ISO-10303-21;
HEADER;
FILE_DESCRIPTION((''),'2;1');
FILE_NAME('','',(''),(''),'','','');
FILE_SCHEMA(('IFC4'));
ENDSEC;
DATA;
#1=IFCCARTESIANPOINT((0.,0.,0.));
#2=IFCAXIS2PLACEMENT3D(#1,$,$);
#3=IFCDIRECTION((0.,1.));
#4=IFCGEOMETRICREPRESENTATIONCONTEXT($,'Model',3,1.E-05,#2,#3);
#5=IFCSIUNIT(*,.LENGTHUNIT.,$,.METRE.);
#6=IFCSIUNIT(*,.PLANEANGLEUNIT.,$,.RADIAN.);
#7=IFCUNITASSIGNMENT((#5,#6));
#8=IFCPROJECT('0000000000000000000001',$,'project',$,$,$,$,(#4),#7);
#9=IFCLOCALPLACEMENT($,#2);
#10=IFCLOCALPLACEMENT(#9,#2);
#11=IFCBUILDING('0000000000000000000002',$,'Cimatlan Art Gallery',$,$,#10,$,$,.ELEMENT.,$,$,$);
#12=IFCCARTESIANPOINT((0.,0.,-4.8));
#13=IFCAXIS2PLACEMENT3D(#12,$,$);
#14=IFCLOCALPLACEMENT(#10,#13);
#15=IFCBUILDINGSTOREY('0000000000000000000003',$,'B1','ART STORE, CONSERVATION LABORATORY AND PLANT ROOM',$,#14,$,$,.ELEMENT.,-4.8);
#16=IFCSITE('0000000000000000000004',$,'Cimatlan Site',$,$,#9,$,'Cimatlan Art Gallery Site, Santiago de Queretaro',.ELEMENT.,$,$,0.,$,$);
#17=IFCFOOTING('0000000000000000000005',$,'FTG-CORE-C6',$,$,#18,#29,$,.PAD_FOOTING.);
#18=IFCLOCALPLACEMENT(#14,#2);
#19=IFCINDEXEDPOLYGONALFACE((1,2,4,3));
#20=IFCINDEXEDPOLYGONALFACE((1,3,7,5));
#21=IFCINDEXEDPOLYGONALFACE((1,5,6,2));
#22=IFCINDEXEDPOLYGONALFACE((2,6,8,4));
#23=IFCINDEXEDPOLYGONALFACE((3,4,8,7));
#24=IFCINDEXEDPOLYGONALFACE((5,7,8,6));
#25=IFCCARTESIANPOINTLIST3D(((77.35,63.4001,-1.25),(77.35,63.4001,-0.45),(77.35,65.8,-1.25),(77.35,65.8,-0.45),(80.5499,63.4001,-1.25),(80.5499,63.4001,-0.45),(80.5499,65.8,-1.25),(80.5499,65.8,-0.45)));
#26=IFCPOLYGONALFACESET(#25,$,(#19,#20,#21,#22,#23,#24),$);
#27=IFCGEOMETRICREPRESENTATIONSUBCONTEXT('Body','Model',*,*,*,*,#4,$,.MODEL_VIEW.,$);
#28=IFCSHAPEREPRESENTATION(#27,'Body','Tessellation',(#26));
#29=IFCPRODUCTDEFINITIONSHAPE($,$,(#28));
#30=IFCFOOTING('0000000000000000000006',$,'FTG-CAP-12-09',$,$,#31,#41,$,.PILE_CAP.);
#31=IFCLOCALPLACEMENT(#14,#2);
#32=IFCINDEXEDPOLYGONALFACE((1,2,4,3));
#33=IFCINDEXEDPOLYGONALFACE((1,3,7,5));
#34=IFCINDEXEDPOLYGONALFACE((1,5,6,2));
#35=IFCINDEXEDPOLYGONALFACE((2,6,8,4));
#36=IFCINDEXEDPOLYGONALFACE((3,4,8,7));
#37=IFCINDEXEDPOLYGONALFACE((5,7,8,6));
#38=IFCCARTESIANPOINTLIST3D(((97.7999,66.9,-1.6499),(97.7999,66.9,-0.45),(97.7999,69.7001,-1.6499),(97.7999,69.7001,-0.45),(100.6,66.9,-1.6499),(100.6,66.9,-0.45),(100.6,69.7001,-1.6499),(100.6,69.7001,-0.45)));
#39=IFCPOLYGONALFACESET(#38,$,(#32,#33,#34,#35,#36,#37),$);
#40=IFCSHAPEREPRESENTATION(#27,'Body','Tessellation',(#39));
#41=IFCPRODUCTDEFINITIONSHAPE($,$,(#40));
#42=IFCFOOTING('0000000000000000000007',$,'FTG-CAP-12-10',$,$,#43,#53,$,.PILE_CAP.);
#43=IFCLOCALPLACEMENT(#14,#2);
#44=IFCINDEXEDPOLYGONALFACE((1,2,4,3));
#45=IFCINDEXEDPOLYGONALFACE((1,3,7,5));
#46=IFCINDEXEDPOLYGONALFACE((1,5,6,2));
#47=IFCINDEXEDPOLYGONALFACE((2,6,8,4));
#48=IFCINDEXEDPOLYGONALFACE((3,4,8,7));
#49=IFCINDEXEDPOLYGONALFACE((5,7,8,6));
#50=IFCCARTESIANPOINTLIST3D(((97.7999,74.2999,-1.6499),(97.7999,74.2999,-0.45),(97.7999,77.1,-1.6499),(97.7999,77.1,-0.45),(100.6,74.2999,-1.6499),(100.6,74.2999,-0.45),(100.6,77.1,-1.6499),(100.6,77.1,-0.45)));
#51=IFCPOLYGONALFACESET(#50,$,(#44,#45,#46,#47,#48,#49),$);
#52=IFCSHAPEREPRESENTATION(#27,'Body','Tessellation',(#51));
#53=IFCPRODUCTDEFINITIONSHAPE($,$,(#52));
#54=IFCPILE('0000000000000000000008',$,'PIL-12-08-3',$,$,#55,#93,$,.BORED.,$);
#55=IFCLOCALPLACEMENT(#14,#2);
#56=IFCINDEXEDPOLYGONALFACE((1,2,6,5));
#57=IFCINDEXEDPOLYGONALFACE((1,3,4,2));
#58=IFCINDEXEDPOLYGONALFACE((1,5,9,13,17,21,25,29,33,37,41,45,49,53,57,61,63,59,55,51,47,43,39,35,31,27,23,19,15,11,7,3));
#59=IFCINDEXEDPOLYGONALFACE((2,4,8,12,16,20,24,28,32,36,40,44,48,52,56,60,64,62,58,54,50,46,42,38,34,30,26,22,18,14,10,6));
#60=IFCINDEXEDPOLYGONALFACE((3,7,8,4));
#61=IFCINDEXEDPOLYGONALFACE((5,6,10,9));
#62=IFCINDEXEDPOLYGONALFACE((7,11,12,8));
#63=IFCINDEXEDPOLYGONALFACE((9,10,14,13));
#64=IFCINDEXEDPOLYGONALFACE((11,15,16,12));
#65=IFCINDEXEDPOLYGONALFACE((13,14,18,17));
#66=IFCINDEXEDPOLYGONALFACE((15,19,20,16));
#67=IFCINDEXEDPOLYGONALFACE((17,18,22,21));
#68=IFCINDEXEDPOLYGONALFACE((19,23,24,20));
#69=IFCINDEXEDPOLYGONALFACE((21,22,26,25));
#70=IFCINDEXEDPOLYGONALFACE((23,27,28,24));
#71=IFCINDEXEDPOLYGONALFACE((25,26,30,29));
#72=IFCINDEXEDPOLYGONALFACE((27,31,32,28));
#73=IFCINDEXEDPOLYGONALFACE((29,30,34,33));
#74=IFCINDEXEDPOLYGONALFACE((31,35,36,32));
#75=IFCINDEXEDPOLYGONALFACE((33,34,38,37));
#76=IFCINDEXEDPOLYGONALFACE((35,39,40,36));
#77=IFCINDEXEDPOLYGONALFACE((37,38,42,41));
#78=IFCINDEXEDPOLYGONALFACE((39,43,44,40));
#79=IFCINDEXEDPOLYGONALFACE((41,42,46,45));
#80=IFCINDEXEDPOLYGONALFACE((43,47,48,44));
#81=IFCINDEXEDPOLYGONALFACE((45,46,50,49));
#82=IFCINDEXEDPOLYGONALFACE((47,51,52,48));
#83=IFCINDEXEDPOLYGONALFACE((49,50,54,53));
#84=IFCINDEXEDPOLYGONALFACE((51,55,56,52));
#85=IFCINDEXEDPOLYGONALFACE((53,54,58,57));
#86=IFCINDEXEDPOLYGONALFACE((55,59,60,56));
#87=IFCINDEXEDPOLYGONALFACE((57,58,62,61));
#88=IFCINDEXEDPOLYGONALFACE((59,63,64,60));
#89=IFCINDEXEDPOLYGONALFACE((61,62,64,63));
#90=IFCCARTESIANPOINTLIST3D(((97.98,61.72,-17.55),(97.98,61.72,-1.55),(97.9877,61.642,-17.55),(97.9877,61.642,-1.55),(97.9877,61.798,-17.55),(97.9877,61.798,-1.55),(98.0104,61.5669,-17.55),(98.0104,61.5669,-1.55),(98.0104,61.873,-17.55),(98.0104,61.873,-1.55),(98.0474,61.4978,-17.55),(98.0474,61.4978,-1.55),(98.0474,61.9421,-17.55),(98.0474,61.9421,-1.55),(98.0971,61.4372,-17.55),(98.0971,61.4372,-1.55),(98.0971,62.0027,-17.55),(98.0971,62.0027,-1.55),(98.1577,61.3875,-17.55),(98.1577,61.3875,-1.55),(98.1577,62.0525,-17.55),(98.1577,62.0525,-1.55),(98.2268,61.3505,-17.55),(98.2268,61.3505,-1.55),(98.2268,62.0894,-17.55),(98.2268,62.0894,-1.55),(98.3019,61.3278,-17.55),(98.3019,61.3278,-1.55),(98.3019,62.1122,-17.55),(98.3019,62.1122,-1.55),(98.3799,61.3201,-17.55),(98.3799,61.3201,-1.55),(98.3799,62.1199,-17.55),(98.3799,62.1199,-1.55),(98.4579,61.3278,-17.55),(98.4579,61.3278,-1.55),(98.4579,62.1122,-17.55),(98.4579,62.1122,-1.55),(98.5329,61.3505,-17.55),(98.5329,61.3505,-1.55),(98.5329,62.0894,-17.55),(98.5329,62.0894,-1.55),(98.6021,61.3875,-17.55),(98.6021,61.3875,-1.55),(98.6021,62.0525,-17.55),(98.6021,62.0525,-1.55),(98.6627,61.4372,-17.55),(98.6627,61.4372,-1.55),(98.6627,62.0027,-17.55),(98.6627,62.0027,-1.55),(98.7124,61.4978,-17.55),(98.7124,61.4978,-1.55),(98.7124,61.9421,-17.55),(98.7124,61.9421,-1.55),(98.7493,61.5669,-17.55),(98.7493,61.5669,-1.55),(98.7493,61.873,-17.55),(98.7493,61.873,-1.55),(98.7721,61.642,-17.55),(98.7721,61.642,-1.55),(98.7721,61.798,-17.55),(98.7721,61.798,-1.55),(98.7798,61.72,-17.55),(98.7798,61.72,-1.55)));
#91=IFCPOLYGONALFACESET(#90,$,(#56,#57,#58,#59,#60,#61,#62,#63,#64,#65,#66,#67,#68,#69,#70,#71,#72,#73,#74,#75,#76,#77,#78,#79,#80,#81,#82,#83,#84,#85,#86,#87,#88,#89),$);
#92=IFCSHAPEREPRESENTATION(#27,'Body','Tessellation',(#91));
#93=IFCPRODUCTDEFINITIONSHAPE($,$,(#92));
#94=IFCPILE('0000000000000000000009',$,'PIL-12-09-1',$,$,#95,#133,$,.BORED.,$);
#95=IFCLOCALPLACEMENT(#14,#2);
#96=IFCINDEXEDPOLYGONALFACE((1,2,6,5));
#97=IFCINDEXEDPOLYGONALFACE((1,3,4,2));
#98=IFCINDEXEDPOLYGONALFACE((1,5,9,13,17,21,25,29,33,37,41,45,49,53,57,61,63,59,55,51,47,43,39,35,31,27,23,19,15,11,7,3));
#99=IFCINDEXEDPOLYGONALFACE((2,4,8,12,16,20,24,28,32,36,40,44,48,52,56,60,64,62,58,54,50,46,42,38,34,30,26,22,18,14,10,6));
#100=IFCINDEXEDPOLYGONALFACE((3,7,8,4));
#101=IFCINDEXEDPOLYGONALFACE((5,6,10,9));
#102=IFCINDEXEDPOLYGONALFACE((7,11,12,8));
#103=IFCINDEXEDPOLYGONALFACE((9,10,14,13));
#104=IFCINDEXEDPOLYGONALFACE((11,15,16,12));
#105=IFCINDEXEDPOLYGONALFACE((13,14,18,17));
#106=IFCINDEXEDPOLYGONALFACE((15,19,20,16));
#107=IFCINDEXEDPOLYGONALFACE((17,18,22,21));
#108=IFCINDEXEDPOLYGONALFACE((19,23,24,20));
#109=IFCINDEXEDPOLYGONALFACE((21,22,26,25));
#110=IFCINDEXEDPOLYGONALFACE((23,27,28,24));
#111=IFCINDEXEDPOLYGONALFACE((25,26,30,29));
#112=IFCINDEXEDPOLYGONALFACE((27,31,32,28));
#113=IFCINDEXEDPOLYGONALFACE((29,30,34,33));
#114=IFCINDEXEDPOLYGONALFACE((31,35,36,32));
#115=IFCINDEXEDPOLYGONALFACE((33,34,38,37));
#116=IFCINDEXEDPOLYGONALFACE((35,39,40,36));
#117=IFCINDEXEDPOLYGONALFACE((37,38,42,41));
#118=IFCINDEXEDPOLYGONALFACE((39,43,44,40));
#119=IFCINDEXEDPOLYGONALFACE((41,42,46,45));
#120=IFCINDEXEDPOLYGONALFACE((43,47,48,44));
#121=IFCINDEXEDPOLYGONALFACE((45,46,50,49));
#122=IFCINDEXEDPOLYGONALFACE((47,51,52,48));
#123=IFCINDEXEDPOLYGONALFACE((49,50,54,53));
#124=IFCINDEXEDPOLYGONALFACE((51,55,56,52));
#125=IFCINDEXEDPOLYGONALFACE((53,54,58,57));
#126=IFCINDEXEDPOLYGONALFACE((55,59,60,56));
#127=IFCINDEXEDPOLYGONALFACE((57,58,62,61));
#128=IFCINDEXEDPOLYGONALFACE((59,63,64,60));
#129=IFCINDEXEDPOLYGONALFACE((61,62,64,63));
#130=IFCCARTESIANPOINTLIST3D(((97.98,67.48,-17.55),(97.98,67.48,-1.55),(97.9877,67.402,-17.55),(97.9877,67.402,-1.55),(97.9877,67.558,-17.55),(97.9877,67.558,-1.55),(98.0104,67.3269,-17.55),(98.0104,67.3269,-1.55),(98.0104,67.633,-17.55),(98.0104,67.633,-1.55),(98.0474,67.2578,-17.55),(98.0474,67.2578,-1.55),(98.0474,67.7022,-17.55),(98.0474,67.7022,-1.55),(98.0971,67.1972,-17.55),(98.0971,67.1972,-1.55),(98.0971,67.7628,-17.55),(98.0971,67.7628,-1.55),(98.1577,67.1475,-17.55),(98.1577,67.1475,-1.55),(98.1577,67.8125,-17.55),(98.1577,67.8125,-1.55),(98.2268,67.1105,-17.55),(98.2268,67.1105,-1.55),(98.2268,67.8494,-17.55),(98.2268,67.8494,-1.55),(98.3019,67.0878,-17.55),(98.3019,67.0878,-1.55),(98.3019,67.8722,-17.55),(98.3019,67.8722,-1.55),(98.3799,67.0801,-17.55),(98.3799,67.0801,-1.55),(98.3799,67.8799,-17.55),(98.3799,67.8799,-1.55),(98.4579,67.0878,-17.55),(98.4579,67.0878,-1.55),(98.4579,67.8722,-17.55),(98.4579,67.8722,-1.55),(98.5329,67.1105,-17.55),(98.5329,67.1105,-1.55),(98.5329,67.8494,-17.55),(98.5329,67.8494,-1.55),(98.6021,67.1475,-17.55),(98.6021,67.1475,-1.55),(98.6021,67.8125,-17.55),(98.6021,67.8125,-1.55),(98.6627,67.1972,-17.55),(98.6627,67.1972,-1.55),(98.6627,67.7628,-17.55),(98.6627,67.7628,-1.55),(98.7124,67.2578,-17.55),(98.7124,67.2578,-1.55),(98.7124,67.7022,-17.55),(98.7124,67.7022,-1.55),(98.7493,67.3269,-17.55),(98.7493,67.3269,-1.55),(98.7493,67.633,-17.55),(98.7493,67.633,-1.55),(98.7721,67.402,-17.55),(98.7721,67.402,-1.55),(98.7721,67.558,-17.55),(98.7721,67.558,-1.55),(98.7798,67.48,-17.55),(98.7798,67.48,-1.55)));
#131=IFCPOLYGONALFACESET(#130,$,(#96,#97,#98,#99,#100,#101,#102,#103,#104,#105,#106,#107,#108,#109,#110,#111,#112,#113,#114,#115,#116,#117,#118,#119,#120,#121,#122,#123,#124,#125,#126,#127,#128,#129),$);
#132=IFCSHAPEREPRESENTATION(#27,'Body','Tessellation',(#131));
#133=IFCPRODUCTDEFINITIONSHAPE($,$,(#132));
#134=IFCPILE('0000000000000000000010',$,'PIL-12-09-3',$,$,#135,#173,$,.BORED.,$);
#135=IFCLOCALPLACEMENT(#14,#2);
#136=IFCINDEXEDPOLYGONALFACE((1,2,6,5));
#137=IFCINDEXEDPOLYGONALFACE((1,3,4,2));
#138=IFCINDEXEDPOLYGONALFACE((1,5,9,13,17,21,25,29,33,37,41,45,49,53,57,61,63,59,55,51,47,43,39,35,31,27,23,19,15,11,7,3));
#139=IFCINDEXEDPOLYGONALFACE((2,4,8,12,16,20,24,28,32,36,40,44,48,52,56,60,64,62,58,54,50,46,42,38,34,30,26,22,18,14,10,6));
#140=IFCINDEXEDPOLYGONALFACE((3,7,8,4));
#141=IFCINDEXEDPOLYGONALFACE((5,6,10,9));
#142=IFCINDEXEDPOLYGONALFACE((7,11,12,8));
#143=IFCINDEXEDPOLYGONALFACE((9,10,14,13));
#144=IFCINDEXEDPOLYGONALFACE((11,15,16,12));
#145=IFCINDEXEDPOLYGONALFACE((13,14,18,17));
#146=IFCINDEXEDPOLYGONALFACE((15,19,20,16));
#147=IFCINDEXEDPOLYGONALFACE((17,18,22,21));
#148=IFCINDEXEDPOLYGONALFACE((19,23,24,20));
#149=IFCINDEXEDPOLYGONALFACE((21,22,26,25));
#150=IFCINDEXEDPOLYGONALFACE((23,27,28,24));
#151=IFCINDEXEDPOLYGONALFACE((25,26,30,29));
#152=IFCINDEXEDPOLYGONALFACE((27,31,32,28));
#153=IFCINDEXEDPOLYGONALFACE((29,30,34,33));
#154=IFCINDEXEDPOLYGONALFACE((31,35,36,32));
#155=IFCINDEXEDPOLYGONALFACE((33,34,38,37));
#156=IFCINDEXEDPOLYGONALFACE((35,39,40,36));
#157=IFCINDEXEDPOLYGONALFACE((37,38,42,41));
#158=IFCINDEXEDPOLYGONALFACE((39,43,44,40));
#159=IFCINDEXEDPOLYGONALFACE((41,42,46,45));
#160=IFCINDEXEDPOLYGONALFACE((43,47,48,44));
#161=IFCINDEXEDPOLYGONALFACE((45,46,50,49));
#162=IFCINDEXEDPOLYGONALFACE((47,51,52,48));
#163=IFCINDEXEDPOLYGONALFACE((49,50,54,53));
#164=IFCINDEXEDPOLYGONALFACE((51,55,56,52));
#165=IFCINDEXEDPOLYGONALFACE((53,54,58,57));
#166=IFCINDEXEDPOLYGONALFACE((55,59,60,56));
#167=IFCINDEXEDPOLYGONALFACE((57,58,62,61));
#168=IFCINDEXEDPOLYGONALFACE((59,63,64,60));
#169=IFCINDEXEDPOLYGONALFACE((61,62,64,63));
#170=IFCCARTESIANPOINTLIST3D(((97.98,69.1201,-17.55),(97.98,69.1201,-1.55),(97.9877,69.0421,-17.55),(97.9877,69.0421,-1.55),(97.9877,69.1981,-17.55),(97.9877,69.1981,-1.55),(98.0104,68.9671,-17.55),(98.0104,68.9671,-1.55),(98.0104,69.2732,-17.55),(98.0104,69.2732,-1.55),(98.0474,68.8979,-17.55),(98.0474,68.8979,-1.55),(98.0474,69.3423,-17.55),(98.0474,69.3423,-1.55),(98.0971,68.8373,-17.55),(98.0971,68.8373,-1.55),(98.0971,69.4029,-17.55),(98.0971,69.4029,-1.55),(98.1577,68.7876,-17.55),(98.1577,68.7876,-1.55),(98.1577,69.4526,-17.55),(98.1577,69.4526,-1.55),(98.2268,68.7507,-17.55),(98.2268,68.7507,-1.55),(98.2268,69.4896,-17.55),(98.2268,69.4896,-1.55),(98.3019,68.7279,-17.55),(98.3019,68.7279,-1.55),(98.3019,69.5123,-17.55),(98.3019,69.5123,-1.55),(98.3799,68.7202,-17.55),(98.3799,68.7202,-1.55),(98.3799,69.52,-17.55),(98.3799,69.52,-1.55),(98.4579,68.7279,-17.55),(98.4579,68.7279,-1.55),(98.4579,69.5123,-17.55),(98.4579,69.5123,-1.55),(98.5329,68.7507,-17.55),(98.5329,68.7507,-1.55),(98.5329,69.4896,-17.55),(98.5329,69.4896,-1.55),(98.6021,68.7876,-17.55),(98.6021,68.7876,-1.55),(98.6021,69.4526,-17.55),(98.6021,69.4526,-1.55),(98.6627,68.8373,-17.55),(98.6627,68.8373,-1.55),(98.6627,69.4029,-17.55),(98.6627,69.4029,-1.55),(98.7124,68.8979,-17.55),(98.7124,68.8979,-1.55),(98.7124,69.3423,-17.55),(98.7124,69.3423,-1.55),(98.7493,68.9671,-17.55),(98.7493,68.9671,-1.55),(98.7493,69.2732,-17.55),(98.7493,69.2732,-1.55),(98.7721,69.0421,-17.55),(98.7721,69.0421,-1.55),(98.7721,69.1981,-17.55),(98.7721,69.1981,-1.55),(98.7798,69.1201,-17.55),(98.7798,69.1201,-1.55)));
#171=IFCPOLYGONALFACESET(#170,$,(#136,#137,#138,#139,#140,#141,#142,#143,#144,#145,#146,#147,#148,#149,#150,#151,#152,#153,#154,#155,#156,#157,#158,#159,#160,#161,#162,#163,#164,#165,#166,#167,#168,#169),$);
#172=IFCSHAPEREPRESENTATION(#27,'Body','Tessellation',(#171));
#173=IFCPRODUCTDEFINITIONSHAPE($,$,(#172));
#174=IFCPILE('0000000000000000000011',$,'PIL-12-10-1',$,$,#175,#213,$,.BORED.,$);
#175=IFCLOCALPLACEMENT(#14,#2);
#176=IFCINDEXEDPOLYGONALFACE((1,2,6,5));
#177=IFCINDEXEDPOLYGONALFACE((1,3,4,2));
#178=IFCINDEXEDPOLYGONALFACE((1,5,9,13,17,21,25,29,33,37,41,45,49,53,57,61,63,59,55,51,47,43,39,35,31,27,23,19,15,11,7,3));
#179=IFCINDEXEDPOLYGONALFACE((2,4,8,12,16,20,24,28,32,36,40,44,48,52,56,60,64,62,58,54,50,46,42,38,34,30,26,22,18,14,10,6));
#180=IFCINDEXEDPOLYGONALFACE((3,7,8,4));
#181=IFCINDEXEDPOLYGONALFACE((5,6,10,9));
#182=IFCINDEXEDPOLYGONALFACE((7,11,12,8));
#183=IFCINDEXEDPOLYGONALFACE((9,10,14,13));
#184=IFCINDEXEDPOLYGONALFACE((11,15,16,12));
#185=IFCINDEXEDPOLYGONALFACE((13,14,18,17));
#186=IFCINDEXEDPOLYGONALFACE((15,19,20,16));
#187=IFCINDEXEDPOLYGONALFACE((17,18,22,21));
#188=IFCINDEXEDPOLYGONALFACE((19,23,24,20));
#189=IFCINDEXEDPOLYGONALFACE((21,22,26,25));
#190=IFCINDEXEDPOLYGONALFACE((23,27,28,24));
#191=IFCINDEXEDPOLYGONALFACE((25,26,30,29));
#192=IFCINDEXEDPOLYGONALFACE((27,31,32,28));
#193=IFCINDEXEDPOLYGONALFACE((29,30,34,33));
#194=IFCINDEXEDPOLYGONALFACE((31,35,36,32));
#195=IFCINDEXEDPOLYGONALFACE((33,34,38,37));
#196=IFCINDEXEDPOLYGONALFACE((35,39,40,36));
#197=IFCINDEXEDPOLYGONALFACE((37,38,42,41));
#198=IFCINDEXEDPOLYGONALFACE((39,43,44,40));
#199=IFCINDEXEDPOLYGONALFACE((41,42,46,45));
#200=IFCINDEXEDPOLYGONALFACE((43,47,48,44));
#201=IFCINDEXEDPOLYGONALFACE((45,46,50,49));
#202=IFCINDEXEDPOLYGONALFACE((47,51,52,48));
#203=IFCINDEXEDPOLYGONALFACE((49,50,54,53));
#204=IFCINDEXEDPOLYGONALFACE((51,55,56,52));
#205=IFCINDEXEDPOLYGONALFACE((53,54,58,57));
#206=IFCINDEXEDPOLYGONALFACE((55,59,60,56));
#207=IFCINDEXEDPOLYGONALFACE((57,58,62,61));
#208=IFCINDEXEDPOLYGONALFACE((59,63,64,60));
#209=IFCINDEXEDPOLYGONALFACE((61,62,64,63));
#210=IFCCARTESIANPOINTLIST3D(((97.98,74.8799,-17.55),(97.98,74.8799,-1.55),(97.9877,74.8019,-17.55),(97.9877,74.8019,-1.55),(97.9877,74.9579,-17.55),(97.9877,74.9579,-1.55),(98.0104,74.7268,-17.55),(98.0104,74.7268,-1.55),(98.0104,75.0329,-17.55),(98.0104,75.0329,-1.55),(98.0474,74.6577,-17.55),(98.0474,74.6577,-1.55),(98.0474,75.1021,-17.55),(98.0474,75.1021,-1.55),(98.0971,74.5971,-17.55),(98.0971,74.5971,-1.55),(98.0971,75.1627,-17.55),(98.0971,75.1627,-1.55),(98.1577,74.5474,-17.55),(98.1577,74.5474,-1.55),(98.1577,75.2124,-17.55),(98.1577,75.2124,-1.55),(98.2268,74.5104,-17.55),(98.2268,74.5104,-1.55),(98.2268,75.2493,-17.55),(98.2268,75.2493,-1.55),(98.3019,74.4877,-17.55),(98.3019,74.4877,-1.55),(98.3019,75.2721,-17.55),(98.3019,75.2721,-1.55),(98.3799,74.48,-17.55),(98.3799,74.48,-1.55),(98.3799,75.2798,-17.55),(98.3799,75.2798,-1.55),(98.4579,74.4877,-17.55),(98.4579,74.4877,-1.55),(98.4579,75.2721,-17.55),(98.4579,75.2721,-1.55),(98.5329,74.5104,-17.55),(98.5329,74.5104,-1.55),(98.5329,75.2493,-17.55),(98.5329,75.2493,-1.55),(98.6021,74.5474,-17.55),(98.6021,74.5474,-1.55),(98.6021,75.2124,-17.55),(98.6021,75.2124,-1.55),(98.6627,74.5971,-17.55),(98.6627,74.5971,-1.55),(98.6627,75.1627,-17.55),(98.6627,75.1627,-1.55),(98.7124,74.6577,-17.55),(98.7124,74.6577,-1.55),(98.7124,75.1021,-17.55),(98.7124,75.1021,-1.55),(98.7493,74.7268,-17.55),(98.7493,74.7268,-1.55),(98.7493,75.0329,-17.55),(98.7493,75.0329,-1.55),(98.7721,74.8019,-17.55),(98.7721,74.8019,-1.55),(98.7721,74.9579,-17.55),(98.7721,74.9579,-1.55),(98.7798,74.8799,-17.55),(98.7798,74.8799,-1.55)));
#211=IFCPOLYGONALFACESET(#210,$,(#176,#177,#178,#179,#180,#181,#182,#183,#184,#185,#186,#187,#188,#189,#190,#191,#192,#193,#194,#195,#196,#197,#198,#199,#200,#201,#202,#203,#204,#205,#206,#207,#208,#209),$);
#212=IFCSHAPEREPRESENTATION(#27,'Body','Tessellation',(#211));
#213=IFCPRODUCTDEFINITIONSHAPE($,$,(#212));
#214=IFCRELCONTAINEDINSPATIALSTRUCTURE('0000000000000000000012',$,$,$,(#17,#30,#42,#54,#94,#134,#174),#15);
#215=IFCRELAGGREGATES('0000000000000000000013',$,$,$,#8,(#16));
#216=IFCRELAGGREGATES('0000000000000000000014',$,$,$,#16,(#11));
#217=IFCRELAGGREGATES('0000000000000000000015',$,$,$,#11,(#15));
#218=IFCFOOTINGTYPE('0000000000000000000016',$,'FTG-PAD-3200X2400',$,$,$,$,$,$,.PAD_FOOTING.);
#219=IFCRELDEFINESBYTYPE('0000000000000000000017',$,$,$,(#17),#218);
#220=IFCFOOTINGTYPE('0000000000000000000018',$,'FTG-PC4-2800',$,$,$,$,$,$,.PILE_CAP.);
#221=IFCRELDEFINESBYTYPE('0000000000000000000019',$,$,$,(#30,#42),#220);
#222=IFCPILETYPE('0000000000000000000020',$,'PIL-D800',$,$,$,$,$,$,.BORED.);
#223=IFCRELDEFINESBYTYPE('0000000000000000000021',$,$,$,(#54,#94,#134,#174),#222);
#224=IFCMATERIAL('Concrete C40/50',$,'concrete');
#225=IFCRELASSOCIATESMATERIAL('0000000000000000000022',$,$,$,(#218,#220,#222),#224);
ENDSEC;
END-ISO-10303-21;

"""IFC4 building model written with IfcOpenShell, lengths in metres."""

from ifc_helpers import new_model, si_unit, direction, frame, origin, origin_2d, place, context, subcontext, project, spatial, rectangle, circle, extrude, material, type_object, element, save


model = new_model("IFC4")

# Units and contexts
model_context = context("Model", 3, precision=1e-05, world=origin(), true_north=direction((0.0, 1.0)))
body_context = subcontext(model_context, "Body", "Model", "MODEL_VIEW")
ifc_project = project(units=[si_unit("LENGTHUNIT", "METRE"), si_unit("PLANEANGLEUNIT", "RADIAN")], contexts=[model_context])

# Site, building, storey
site_placement = place(None, origin())
site = spatial("IfcSite", under=ifc_project, at=site_placement, Name="Cimatlan Site", LongName="Cimatlan Art Gallery Site, Santiago de Queretaro", CompositionType="ELEMENT", RefElevation=0.0)
building_placement = place(site_placement, origin())
building = spatial("IfcBuilding", under=site, at=building_placement, Name="Cimatlan Art Gallery", CompositionType="ELEMENT")
storey_placement = place(building_placement, frame((0.0, 0.0, -4.8)))
storey = spatial("IfcBuildingStorey", under=building, at=storey_placement, Name="B1", Description="ART STORE, CONSERVATION LABORATORY AND PLANT ROOM", CompositionType="ELEMENT", Elevation=-4.8)

# Footings
ifc_material_1 = material(Name="Concrete C40/50", Category="concrete")
footing_type_1 = type_object("IfcFootingType", Name="FTG-PAD-3200X2400", PredefinedType="PAD_FOOTING", material=ifc_material_1)
footing_placement = place(storey_placement, frame((78.95, 64.6001, -1.25), z_axis=(0.0, 0.0, 1.0), x_axis=(1.0, 0.0, 0.0)))
element("IfcFooting", 1, at=footing_placement, inside=storey, type_object=footing_type_1, Name="FTG-CORE-C6", PredefinedType="PAD_FOOTING", context=body_context, shape_type="SweptSolid", body=[
    extrude(rectangle(XDim=3.2, YDim=2.3999, at=origin_2d()), origin(), (0.0, 0.0, 1.0), 0.8),
])
footing_type_2 = type_object("IfcFootingType", Name="FTG-PC4-2800", PredefinedType="PILE_CAP", material=ifc_material_1)
for number, where, z_axis, x_axis, name in (
    (2, (99.2, 68.3, -1.6499), (0.0, 0.0, 1.0), (1.0, 0.0, 0.0), "FTG-CAP-12-09"),
    (3, (99.2, 75.7, -1.6499), (0.0, 0.0, 1.0), (1.0, 0.0, 0.0), "FTG-CAP-12-10"),
):
    element("IfcFooting", number, at=place(storey_placement, frame(where, z_axis=z_axis, x_axis=x_axis)), inside=storey, type_object=footing_type_2, Name=name, PredefinedType="PILE_CAP", context=body_context, shape_type="SweptSolid", body=[
        extrude(rectangle(XDim=2.8, YDim=2.8, at=origin_2d()), origin(), (0.0, 0.0, 1.0), 1.2),
    ])

# Piles
pile_type = type_object("IfcPileType", Name="PIL-D800", PredefinedType="BORED", material=ifc_material_1)
for number, where, z_axis, x_axis, name in (
    (4, (98.3799, 61.72, -1.55), (0.0, 0.0, -1.0), (1.0, 0.0, 0.0), "PIL-12-08-3"),
    (5, (98.3799, 67.48, -1.55), (0.0, 0.0, -1.0), (1.0, 0.0, 0.0), "PIL-12-09-1"),
    (6, (98.3799, 69.1201, -1.55), (0.0, 0.0, -1.0), (1.0, 0.0, 0.0), "PIL-12-09-3"),
    (7, (98.3799, 74.8799, -1.55), (0.0, 0.0, -1.0), (1.0, 0.0, 0.0), "PIL-12-10-1"),
):
    element("IfcPile", number, at=place(storey_placement, frame(where, z_axis=z_axis, x_axis=x_axis)), inside=storey, type_object=pile_type, Name=name, PredefinedType="BORED", context=body_context, shape_type="SweptSolid", body=[
        extrude(circle(Radius=0.3999, at=origin_2d()), origin(), (0.0, 0.0, 1.0), 16.0),
    ])

save(model, "model.ifc")
